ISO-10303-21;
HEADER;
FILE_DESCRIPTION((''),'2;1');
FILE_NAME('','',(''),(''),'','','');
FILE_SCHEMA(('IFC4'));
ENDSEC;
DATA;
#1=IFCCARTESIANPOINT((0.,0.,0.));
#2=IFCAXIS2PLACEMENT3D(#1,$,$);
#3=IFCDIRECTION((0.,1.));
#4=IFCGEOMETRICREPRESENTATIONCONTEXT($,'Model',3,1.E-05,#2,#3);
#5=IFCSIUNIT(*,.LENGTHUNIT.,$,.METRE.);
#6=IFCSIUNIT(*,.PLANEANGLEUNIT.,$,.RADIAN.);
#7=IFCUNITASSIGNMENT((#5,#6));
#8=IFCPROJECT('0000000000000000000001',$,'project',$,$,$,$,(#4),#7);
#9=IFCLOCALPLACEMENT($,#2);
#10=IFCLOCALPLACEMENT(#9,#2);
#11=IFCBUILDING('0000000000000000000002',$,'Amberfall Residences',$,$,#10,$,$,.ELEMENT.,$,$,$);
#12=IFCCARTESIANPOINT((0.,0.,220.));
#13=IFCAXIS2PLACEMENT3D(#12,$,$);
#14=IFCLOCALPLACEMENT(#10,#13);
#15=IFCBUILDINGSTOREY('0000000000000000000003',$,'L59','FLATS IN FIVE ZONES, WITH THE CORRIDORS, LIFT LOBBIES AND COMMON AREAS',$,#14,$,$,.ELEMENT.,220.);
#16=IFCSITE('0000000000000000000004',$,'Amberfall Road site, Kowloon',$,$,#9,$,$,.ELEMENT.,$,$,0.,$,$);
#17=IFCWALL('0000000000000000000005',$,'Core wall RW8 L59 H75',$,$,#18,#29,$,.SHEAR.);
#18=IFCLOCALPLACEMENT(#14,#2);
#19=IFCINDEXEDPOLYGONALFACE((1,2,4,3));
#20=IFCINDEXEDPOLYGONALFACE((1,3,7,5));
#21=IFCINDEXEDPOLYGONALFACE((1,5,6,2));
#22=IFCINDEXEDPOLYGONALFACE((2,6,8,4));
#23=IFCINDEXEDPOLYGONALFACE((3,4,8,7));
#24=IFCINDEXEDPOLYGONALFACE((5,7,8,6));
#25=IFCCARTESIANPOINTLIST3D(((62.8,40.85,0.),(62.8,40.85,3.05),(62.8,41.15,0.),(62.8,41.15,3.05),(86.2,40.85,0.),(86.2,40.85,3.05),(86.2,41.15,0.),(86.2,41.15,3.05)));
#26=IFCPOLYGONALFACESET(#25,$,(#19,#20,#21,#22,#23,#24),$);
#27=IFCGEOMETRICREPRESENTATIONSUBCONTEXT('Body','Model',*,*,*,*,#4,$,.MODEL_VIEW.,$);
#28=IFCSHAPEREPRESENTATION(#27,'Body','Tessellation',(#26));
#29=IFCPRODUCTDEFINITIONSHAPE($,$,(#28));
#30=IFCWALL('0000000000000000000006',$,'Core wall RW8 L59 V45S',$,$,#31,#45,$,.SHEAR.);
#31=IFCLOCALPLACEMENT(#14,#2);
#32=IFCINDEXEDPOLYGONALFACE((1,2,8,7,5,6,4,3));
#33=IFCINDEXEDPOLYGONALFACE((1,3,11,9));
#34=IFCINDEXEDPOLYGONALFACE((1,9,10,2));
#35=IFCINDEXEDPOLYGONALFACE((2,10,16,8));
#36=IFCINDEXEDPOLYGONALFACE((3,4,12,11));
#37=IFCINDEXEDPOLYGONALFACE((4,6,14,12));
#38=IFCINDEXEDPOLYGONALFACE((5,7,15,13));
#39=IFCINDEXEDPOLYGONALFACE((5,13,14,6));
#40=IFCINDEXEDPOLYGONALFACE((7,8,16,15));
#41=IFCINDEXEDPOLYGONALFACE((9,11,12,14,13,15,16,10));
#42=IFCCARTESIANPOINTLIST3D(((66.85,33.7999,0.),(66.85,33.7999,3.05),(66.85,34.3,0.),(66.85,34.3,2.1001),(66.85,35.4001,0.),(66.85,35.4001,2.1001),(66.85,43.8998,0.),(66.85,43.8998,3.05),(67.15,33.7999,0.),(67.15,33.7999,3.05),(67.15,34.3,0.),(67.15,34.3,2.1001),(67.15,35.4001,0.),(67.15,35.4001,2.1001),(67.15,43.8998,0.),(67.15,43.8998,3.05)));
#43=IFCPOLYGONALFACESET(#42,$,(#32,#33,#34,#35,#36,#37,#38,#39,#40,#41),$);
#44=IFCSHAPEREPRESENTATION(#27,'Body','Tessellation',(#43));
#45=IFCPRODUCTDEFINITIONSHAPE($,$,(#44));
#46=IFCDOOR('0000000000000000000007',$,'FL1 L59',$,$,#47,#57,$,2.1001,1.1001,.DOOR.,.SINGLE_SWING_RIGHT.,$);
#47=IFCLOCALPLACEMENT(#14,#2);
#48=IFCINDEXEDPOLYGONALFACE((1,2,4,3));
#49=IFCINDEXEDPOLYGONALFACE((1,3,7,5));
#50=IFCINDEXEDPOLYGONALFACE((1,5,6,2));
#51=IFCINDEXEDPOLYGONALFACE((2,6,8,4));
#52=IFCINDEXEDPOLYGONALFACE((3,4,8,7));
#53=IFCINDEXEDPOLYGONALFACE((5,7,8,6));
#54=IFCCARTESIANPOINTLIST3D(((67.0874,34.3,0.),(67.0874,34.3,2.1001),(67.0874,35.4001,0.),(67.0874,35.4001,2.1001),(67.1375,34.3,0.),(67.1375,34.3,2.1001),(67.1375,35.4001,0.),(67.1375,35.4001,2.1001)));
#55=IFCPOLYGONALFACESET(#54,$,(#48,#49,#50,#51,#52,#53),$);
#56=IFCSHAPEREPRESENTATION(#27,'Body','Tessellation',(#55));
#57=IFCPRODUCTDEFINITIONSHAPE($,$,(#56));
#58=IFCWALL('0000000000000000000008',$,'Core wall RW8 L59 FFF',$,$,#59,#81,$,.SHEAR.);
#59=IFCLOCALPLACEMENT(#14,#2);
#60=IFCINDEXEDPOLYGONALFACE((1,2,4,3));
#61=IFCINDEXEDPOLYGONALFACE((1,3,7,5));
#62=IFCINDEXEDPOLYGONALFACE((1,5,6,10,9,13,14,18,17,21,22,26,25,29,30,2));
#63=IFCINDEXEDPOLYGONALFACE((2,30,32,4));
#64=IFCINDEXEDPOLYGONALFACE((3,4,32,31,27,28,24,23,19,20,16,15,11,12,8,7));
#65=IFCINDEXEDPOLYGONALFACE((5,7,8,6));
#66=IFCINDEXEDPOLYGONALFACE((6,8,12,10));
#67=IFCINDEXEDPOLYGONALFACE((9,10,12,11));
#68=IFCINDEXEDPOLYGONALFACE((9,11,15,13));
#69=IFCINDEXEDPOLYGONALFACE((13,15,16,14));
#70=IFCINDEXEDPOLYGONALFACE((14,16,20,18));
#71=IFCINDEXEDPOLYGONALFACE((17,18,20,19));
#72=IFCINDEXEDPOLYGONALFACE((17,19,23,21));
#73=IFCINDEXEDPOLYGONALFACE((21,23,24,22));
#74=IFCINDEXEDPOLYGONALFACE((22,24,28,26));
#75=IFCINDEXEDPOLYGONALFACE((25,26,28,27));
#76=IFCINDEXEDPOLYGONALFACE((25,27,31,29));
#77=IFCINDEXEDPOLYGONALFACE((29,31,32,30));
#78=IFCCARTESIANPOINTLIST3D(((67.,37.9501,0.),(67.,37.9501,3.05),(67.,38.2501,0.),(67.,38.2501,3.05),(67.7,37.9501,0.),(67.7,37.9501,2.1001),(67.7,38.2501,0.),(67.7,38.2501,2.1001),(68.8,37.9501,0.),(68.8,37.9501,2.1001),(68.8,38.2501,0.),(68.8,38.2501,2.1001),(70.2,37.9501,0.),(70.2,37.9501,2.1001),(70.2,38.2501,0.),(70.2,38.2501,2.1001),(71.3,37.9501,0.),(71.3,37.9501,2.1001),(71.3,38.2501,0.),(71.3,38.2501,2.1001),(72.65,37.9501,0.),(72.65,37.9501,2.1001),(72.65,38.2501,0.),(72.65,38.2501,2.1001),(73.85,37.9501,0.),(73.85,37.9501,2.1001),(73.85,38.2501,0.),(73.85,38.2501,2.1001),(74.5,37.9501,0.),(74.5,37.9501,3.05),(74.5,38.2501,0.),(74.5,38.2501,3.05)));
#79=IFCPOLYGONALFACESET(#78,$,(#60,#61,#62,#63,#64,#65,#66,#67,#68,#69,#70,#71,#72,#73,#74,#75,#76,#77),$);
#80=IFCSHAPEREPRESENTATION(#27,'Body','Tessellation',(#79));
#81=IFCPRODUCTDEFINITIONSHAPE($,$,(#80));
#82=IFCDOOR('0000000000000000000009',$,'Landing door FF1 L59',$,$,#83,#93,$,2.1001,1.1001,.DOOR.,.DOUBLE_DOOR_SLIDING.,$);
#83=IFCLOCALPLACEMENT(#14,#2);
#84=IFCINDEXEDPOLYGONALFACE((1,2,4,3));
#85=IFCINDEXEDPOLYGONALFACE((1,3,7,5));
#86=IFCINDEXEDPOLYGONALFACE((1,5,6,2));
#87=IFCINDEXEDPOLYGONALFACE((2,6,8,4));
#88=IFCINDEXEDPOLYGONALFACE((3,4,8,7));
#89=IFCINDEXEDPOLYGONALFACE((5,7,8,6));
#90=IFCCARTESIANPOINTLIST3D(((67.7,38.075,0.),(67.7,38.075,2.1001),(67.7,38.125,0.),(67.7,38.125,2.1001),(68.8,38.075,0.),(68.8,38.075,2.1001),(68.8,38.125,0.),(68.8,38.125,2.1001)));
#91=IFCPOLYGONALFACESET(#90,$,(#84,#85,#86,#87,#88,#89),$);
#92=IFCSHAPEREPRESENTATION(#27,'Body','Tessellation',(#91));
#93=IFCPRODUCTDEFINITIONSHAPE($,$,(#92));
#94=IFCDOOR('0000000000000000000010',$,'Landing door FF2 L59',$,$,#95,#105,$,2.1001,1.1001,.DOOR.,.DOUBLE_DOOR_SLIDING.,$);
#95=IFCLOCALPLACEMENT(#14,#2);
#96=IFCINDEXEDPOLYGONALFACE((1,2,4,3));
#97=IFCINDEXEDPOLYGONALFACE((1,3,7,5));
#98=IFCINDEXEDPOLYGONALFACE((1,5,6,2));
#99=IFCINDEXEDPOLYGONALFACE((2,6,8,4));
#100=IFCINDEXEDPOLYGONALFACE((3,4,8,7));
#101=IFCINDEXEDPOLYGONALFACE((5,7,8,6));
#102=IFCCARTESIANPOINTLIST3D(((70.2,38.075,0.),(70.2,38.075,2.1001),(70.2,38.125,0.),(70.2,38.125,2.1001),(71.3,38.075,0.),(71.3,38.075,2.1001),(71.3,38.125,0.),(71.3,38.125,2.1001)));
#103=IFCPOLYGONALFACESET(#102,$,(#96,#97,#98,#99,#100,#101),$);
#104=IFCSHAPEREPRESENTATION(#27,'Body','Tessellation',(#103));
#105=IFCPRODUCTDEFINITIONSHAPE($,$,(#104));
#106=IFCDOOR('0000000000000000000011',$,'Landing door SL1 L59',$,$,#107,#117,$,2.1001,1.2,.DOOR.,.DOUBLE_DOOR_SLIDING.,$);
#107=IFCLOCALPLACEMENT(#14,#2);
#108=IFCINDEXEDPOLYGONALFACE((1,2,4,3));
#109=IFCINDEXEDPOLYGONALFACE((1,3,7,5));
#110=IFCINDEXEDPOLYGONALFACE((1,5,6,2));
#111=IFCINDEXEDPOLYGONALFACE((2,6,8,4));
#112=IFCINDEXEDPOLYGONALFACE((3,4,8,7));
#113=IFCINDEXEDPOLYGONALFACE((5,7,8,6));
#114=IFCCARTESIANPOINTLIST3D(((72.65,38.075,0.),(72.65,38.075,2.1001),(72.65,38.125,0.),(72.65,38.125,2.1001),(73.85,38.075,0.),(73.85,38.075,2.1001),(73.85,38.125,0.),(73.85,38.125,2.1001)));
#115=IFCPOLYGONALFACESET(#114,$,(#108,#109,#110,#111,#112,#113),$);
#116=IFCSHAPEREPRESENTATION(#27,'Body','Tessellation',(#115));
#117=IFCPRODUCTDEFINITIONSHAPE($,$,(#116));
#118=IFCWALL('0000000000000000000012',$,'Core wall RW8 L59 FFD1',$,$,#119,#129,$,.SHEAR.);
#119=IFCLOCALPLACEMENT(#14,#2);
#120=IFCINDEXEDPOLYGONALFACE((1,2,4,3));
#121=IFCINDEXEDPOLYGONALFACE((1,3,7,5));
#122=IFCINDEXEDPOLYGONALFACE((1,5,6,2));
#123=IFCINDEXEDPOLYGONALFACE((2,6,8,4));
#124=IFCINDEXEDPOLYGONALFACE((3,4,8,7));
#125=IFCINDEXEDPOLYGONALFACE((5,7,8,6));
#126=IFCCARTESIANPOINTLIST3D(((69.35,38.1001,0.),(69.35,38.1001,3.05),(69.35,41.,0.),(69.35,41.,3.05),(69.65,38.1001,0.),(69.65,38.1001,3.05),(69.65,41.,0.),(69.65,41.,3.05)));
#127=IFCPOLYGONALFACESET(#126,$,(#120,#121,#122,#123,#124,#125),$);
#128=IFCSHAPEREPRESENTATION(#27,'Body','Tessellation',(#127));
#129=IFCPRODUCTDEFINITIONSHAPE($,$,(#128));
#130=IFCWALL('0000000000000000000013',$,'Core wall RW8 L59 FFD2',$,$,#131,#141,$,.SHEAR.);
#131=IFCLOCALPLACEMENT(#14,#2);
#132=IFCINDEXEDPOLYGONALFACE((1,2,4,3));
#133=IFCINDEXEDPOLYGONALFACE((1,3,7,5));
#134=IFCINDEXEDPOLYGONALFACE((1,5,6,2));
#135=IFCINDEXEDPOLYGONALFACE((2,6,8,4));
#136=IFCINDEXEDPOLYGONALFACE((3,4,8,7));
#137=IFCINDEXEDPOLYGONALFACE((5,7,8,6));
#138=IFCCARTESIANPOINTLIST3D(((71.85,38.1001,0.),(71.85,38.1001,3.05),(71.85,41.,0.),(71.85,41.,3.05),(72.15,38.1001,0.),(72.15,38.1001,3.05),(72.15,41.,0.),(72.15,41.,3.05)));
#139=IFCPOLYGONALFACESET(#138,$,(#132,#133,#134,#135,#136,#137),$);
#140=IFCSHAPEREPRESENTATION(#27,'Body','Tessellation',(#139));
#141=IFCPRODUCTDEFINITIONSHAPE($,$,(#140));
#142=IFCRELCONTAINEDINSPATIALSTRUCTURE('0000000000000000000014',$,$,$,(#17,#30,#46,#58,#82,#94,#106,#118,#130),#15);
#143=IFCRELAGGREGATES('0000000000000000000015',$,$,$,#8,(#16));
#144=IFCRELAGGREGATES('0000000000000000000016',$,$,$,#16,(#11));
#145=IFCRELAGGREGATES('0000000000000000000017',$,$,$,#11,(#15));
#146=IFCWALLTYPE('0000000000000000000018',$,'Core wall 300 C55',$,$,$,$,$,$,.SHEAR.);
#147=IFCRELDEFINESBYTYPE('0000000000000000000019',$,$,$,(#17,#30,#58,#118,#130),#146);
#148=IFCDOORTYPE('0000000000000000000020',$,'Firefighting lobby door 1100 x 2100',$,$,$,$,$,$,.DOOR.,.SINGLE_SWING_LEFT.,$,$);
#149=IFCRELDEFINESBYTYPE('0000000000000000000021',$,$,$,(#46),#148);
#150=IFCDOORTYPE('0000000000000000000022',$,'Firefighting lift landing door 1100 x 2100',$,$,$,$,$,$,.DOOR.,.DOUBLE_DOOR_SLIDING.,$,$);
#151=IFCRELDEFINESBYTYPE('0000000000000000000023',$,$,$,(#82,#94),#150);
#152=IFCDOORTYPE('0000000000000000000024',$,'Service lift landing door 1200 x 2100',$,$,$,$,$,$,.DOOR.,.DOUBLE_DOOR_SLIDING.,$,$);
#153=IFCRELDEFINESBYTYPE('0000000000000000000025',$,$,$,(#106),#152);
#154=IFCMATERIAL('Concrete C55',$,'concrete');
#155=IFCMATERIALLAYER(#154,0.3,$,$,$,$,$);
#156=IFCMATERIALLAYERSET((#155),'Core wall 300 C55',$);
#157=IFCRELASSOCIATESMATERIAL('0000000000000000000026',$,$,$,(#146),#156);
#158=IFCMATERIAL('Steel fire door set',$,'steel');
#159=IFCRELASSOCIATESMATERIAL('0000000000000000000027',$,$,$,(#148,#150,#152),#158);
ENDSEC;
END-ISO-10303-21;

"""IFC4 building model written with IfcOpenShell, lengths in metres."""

from ifc_helpers import new_model, si_unit, direction, frame, frame_2d, origin, place, context, subcontext, project, spatial, rectangle, extrude, material, layer, layer_set, type_object, element, fill, save


model = new_model("IFC4")

# Units and contexts
model_context = context("Model", 3, precision=1e-05, world=origin(), true_north=direction((0.0, 1.0)))
body_context = subcontext(model_context, "Body", "Model", "MODEL_VIEW")
ifc_project = project(units=[si_unit("LENGTHUNIT", "METRE"), si_unit("PLANEANGLEUNIT", "RADIAN")], contexts=[model_context])

# Site, building, storey
site_placement = place(None, origin())
site = spatial("IfcSite", under=ifc_project, at=site_placement, Name="Amberfall Road site, Kowloon", CompositionType="ELEMENT", RefElevation=0.0)
building_placement = place(site_placement, origin())
building = spatial("IfcBuilding", under=site, at=building_placement, Name="Amberfall Residences", CompositionType="ELEMENT")
storey_placement = place(building_placement, frame((0.0, 0.0, 220.0)))
storey = spatial("IfcBuildingStorey", under=building, at=storey_placement, Name="L59", Description="FLATS IN FIVE ZONES, WITH THE CORRIDORS, LIFT LOBBIES AND COMMON AREAS", CompositionType="ELEMENT", Elevation=220.0)

# Wall
ifc_material_1 = material(Name="Concrete C55", Category="concrete")
ifc_layer_1 = layer(ifc_material_1, 0.3)
ifc_layer_set_1 = layer_set([ifc_layer_1], Name="Core wall 300 C55")
wall_type_1 = type_object("IfcWallType", Name="Core wall 300 C55", PredefinedType="SHEAR", material=ifc_layer_set_1)
wall_1_placement = place(storey_placement, frame((62.8, 41.0, 0.0), z_axis=(0.0, 0.0, 1.0), x_axis=(1.0, 0.0, 0.0)))
element("IfcWall", 1, at=wall_1_placement, inside=storey, type_object=wall_type_1, Name="Core wall RW8 L59 H75", PredefinedType="SHEAR", context=body_context, shape_type="SweptSolid", body=[
    extrude(rectangle(XDim=23.3999, YDim=0.3, at=frame_2d((11.7, 0.0))), origin(), (0.0, 0.0, 1.0), 3.05),
])

# Wall, opening, door
wall_2_placement = place(storey_placement, frame((67.0, 33.8, 0.0), z_axis=(0.0, 0.0, 1.0), x_axis=(0.0, 1.0, 0.0)))
wall_2 = element("IfcWall", 2, at=wall_2_placement, inside=storey, type_object=wall_type_1, Name="Core wall RW8 L59 V45S", PredefinedType="SHEAR", context=body_context, shape_type="SweptSolid", body=[
    extrude(rectangle(XDim=10.0999, YDim=0.3, at=frame_2d((5.0498, 0.0))), origin(), (0.0, 0.0, 1.0), 3.05),
])
opening_1_placement = place(wall_2_placement, frame((0.5, 0.0, 0.0)))
opening_1 = element("IfcOpeningElement", 3, at=opening_1_placement, cuts=wall_2, PredefinedType="OPENING", context=body_context, shape_type="SweptSolid", body=[
    extrude(rectangle(XDim=1.1001, YDim=2.1001, at=frame_2d((0.55, 1.05))), frame((0.0, 0.1599, 0.0), z_axis=(0.0, -1.0, 0.0), x_axis=(1.0, 0.0, 0.0)), (0.0, 0.0, 1.0), 0.3201),
])
ifc_material_2 = material(Name="Steel fire door set", Category="steel")
door_type_1 = type_object("IfcDoorType", Name="Firefighting lobby door 1100 x 2100", OperationType="SINGLE_SWING_LEFT", PredefinedType="DOOR", material=ifc_material_2)
door_1_placement = place(opening_1_placement, origin())
door_1 = element("IfcDoor", 4, at=door_1_placement, inside=storey, type_object=door_type_1, Name="FL1 L59", OperationType="SINGLE_SWING_RIGHT", OverallHeight=2.1001, OverallWidth=1.1001, PredefinedType="DOOR", context=body_context, shape_type="SweptSolid", body=[
    extrude(rectangle(XDim=1.1001, YDim=2.1001, at=frame_2d((0.55, 1.05))), frame((0.0, -0.0874, 0.0), z_axis=(0.0, -1.0, 0.0), x_axis=(1.0, 0.0, 0.0)), (0.0, 0.0, 1.0), 0.05),
])
fill(opening_1, door_1)

# Wall, openings, doors
wall_3_placement = place(storey_placement, frame((67.0, 38.1001, 0.0), z_axis=(0.0, 0.0, 1.0), x_axis=(1.0, 0.0, 0.0)))
wall_3 = element("IfcWall", 5, at=wall_3_placement, inside=storey, type_object=wall_type_1, Name="Core wall RW8 L59 FFF", PredefinedType="SHEAR", context=body_context, shape_type="SweptSolid", body=[
    extrude(rectangle(XDim=7.5, YDim=0.3, at=frame_2d((3.75, 0.0))), origin(), (0.0, 0.0, 1.0), 3.05),
])
opening_2_placement = place(wall_3_placement, frame((0.7, 0.0, 0.0)))
opening_2 = element("IfcOpeningElement", 6, at=opening_2_placement, cuts=wall_3, PredefinedType="OPENING", context=body_context, shape_type="SweptSolid", body=[
    extrude(rectangle(XDim=1.1001, YDim=2.1001, at=frame_2d((0.55, 1.05))), frame((0.0, 0.1599, 0.0), z_axis=(0.0, -1.0, 0.0), x_axis=(1.0, 0.0, 0.0)), (0.0, 0.0, 1.0), 0.3201),
])
opening_3_placement = place(wall_3_placement, frame((3.2, 0.0, 0.0)))
opening_3 = element("IfcOpeningElement", 7, at=opening_3_placement, cuts=wall_3, PredefinedType="OPENING", context=body_context, shape_type="SweptSolid", body=[
    extrude(rectangle(XDim=1.1001, YDim=2.1001, at=frame_2d((0.55, 1.05))), frame((0.0, 0.1599, 0.0), z_axis=(0.0, -1.0, 0.0), x_axis=(1.0, 0.0, 0.0)), (0.0, 0.0, 1.0), 0.3201),
])
opening_4_placement = place(wall_3_placement, frame((5.6499, 0.0, 0.0)))
opening_4 = element("IfcOpeningElement", 8, at=opening_4_placement, cuts=wall_3, PredefinedType="OPENING", context=body_context, shape_type="SweptSolid", body=[
    extrude(rectangle(XDim=1.2, YDim=2.1001, at=frame_2d((0.6001, 1.05))), frame((0.0, 0.1599, 0.0), z_axis=(0.0, -1.0, 0.0), x_axis=(1.0, 0.0, 0.0)), (0.0, 0.0, 1.0), 0.3201),
])
door_type_2 = type_object("IfcDoorType", Name="Firefighting lift landing door 1100 x 2100", OperationType="DOUBLE_DOOR_SLIDING", PredefinedType="DOOR", material=ifc_material_2)
door_2_placement = place(opening_2_placement, origin())
door_2 = element("IfcDoor", 9, at=door_2_placement, inside=storey, type_object=door_type_2, Name="Landing door FF1 L59", OperationType="DOUBLE_DOOR_SLIDING", OverallHeight=2.1001, OverallWidth=1.1001, PredefinedType="DOOR", context=body_context, shape_type="SweptSolid", body=[
    extrude(rectangle(XDim=1.1001, YDim=2.1001, at=frame_2d((0.55, 1.05))), frame((0.0, 0.0249, 0.0), z_axis=(0.0, -1.0, 0.0), x_axis=(1.0, 0.0, 0.0)), (0.0, 0.0, 1.0), 0.05),
])
fill(opening_2, door_2)
door_3_placement = place(opening_3_placement, origin())
door_3 = element("IfcDoor", 10, at=door_3_placement, inside=storey, type_object=door_type_2, Name="Landing door FF2 L59", OperationType="DOUBLE_DOOR_SLIDING", OverallHeight=2.1001, OverallWidth=1.1001, PredefinedType="DOOR", context=body_context, shape_type="SweptSolid", body=[
    extrude(rectangle(XDim=1.1001, YDim=2.1001, at=frame_2d((0.55, 1.05))), frame((0.0, 0.0249, 0.0), z_axis=(0.0, -1.0, 0.0), x_axis=(1.0, 0.0, 0.0)), (0.0, 0.0, 1.0), 0.05),
])
fill(opening_3, door_3)
door_type_3 = type_object("IfcDoorType", Name="Service lift landing door 1200 x 2100", OperationType="DOUBLE_DOOR_SLIDING", PredefinedType="DOOR", material=ifc_material_2)
door_4_placement = place(opening_4_placement, origin())
door_4 = element("IfcDoor", 11, at=door_4_placement, inside=storey, type_object=door_type_3, Name="Landing door SL1 L59", OperationType="DOUBLE_DOOR_SLIDING", OverallHeight=2.1001, OverallWidth=1.2, PredefinedType="DOOR", context=body_context, shape_type="SweptSolid", body=[
    extrude(rectangle(XDim=1.2, YDim=2.1001, at=frame_2d((0.6001, 1.05))), frame((0.0, 0.0249, 0.0), z_axis=(0.0, -1.0, 0.0), x_axis=(1.0, 0.0, 0.0)), (0.0, 0.0, 1.0), 0.05),
])
fill(opening_4, door_4)

# Walls
for number, where, z_axis, x_axis, name in (
    (12, (69.5, 38.1001, 0.0), (0.0, 0.0, 1.0), (0.0, 1.0, 0.0), "Core wall RW8 L59 FFD1"),
    (13, (72.0, 38.1001, 0.0), (0.0, 0.0, 1.0), (0.0, 1.0, 0.0), "Core wall RW8 L59 FFD2"),
):
    element("IfcWall", number, at=place(storey_placement, frame(where, z_axis=z_axis, x_axis=x_axis)), inside=storey, type_object=wall_type_1, Name=name, PredefinedType="SHEAR", context=body_context, shape_type="SweptSolid", body=[
        extrude(rectangle(XDim=2.8999, YDim=0.3, at=frame_2d((1.45, 0.0))), origin(), (0.0, 0.0, 1.0), 3.05),
    ])

save(model, "model.ifc")
